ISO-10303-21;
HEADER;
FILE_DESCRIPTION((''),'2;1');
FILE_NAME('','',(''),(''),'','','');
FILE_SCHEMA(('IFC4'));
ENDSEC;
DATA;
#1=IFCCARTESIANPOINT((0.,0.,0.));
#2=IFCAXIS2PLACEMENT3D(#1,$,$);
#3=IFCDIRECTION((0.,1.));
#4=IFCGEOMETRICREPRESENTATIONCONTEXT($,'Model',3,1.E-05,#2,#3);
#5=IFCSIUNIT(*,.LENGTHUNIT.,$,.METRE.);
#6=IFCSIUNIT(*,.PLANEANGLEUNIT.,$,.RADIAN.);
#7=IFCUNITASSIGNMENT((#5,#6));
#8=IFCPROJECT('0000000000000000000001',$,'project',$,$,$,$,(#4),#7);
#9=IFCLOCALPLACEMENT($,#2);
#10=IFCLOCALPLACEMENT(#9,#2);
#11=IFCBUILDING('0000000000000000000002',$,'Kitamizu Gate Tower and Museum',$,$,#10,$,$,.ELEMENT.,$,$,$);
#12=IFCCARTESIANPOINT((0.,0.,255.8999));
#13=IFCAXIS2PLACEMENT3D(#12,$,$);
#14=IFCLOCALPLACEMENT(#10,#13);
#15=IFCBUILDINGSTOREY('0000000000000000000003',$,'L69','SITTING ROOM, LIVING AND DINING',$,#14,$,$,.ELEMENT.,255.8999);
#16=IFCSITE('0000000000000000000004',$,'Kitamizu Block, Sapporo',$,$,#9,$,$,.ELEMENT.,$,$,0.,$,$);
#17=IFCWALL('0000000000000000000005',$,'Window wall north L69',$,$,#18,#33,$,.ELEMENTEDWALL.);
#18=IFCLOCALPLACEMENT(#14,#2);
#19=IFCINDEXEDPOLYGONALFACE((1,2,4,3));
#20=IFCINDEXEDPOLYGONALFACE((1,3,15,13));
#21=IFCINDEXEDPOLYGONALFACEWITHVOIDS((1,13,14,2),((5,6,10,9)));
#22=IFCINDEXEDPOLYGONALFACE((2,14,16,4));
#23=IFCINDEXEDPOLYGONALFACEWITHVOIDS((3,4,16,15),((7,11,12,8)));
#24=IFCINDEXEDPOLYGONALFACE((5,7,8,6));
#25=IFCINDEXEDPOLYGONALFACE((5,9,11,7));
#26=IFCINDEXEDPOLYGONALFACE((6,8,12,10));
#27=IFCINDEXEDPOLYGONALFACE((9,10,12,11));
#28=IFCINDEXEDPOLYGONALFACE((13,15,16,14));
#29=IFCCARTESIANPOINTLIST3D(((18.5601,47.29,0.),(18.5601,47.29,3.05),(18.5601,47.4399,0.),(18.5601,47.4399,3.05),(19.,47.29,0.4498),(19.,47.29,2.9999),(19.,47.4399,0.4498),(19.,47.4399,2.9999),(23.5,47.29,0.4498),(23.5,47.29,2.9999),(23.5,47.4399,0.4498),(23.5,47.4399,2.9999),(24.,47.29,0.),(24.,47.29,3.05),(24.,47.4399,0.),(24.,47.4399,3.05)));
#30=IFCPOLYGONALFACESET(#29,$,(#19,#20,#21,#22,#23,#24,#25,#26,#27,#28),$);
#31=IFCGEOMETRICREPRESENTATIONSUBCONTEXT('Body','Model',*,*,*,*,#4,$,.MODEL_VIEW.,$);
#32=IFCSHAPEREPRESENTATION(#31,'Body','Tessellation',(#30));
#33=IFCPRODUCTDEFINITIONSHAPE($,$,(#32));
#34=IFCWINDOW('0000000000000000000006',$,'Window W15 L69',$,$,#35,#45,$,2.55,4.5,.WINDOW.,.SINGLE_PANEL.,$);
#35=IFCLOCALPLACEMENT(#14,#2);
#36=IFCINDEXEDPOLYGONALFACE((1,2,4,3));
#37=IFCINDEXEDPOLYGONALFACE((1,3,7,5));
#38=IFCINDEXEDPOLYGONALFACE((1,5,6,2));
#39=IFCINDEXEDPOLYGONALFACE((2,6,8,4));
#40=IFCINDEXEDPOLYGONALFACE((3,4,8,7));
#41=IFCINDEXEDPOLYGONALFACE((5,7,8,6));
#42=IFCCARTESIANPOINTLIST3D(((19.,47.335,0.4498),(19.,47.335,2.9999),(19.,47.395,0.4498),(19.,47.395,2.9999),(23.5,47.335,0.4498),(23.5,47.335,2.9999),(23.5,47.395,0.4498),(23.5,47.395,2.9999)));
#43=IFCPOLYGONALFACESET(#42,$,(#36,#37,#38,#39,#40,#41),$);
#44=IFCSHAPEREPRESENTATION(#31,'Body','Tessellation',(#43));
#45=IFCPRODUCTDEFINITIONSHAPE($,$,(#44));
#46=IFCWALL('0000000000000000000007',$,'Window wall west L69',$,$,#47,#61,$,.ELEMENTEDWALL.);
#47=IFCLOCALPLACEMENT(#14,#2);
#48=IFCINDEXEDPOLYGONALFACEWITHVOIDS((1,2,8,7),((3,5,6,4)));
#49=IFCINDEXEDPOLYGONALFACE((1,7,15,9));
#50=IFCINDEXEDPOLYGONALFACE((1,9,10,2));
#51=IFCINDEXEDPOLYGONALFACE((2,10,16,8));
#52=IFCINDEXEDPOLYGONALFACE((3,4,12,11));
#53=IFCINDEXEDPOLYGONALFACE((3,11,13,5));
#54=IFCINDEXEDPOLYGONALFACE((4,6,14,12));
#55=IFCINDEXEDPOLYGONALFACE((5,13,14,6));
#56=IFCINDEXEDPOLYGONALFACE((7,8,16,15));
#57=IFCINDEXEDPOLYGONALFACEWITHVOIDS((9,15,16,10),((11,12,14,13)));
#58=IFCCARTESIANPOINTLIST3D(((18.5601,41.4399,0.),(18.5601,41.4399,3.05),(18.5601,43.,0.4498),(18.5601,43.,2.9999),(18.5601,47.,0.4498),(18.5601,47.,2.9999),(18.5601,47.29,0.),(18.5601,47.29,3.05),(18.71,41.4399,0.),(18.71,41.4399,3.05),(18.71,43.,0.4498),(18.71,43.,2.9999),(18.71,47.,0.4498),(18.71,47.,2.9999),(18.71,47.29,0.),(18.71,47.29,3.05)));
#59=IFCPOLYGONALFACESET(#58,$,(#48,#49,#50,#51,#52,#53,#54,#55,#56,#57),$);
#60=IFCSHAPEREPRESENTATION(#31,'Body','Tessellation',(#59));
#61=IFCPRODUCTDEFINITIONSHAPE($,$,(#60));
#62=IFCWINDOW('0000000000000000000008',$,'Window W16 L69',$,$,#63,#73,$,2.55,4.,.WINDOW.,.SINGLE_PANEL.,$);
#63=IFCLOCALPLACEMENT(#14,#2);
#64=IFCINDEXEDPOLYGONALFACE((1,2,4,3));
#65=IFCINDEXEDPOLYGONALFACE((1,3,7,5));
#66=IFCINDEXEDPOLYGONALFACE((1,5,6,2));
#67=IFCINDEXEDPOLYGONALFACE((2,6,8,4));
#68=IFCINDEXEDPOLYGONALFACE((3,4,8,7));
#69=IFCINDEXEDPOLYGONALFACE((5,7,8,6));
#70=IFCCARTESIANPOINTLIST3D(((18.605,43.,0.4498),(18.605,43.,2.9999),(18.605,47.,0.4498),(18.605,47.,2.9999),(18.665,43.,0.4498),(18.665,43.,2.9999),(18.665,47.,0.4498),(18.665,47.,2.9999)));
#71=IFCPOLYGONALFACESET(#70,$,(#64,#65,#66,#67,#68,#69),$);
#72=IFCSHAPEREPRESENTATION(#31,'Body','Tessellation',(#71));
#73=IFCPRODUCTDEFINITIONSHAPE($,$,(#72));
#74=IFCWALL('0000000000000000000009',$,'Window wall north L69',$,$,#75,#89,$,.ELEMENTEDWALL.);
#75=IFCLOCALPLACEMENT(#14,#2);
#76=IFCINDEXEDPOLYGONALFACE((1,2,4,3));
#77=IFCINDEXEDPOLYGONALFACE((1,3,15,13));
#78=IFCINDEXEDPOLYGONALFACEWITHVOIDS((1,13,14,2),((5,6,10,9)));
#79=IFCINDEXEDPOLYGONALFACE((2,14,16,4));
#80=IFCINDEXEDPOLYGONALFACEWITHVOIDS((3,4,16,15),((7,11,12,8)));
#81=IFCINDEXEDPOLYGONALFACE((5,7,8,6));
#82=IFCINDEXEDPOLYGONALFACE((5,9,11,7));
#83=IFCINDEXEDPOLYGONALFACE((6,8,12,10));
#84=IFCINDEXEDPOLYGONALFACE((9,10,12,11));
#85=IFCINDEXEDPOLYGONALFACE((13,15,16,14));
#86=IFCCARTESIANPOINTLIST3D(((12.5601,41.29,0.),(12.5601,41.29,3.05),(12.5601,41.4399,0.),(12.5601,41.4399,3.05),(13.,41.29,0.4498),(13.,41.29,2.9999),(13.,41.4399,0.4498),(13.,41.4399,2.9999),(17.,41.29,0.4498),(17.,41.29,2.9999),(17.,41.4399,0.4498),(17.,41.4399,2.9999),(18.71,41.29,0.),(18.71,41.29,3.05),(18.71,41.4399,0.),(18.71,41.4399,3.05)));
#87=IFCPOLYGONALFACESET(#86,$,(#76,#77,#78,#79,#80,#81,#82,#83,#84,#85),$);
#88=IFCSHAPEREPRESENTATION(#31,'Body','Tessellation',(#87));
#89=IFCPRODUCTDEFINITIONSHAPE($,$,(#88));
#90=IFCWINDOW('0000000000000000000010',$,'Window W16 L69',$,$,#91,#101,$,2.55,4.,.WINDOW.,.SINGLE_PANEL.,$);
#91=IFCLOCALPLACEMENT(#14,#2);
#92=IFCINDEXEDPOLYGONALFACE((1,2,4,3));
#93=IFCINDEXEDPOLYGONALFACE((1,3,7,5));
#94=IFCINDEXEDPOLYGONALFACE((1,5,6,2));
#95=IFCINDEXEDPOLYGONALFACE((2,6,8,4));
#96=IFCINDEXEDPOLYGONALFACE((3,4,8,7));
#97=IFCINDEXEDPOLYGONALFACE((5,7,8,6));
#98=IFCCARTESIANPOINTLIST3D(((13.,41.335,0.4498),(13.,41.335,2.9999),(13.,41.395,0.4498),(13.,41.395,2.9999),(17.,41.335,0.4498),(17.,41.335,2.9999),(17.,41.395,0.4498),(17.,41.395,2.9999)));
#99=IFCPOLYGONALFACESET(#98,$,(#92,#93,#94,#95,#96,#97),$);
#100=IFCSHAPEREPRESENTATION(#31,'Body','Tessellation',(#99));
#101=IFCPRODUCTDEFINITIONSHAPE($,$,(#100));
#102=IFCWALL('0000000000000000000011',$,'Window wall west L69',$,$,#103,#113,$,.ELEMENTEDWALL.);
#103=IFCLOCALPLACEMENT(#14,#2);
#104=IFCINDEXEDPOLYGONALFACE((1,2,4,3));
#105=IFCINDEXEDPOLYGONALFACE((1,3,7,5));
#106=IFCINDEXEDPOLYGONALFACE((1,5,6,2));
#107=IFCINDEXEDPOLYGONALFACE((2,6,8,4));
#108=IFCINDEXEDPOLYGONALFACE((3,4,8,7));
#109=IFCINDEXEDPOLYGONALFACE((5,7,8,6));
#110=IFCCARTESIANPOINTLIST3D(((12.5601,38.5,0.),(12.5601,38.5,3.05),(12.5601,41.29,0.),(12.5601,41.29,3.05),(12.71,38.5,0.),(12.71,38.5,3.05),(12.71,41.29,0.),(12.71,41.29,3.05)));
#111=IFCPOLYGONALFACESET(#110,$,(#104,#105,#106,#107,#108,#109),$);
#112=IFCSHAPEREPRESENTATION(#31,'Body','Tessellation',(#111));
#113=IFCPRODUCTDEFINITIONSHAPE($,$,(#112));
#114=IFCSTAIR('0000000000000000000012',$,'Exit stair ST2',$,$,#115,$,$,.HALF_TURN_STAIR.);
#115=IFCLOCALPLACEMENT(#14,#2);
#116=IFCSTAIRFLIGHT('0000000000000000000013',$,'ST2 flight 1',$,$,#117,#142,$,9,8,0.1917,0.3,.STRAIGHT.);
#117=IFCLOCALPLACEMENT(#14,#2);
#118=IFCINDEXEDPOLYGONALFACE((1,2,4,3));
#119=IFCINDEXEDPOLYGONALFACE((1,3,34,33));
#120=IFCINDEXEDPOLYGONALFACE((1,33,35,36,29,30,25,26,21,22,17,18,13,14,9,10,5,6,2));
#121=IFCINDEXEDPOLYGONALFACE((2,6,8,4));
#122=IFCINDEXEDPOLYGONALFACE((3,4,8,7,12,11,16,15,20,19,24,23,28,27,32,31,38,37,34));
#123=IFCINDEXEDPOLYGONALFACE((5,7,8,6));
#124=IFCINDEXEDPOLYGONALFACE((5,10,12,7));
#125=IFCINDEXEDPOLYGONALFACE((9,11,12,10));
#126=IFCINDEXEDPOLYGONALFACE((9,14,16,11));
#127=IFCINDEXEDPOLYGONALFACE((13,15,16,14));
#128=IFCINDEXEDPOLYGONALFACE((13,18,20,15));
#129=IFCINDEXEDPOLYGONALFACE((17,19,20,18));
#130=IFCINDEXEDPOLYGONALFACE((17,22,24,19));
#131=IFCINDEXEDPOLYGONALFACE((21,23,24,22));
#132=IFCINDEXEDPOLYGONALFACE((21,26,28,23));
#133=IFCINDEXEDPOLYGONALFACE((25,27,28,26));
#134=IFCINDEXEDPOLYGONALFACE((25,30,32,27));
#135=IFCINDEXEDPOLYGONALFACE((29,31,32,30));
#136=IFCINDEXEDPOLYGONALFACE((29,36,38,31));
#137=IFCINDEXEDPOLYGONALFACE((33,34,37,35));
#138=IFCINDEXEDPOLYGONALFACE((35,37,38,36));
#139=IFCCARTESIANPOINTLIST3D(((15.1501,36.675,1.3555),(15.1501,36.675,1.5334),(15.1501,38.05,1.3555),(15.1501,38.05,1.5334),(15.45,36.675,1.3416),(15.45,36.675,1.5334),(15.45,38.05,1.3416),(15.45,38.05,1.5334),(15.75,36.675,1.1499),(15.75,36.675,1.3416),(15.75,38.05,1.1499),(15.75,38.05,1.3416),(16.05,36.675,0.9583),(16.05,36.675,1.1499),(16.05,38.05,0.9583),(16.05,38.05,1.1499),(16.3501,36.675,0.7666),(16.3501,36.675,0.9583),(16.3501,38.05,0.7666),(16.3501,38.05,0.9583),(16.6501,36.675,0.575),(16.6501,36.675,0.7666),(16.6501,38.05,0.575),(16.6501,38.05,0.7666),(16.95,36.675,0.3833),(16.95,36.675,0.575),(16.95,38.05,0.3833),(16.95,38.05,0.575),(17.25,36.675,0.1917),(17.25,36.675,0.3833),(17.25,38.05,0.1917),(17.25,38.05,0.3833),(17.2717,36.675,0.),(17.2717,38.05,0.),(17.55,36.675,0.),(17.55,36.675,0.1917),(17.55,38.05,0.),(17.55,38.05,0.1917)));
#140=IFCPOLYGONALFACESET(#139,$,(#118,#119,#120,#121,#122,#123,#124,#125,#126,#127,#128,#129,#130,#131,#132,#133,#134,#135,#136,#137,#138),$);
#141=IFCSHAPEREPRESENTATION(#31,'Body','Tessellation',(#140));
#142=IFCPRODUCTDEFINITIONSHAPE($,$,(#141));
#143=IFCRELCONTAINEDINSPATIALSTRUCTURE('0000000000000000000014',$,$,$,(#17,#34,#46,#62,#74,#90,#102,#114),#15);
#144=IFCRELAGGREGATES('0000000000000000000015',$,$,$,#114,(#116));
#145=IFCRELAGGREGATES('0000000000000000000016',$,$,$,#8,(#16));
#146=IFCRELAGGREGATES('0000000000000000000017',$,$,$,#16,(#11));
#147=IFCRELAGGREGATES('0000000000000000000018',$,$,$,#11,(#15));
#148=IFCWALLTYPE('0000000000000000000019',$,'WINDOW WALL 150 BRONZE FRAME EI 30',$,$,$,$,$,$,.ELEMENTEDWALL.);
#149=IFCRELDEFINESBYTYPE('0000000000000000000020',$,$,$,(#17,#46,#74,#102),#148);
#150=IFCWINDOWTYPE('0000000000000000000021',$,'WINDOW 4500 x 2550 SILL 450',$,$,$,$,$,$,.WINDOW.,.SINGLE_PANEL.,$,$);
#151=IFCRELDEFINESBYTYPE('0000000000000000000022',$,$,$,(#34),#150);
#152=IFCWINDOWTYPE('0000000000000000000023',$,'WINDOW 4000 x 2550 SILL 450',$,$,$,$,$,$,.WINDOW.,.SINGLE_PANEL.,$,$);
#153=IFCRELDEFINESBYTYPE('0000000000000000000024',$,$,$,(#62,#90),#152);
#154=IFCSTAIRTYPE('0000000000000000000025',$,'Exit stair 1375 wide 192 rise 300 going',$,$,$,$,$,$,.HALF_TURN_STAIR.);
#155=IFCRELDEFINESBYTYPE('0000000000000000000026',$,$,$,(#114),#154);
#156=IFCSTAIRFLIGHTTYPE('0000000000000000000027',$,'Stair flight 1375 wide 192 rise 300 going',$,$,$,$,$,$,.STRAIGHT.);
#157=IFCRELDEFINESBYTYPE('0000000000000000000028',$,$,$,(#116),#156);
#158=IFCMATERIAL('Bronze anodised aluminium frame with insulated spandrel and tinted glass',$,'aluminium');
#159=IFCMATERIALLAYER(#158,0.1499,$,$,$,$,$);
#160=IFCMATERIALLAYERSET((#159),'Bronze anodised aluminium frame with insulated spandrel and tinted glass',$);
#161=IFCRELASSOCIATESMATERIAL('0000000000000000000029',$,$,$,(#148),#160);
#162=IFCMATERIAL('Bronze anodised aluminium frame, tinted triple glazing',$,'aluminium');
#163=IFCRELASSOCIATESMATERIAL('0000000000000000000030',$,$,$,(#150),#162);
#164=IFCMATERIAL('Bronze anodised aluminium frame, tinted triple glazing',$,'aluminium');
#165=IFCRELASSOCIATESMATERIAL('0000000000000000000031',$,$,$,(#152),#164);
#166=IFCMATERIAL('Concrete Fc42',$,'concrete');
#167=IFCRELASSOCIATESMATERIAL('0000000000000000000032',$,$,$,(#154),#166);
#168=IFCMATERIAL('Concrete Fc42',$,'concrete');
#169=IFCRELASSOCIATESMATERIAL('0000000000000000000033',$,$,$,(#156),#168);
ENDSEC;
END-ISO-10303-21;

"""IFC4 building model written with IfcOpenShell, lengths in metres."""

from ifc_helpers import new_model, si_unit, direction, frame, frame_2d, origin, place, context, subcontext, project, spatial, polyline, rectangle, outline, extrude, material, layer, layer_set, type_object, element, fill, aggregate, save


model = new_model("IFC4")

# Units and contexts
model_context = context("Model", 3, precision=1e-05, world=origin(), true_north=direction((0.0, 1.0)))
body_context = subcontext(model_context, "Body", "Model", "MODEL_VIEW")
ifc_project = project(units=[si_unit("LENGTHUNIT", "METRE"), si_unit("PLANEANGLEUNIT", "RADIAN")], contexts=[model_context])

# Site, building, storey
site_placement = place(None, origin())
site = spatial("IfcSite", under=ifc_project, at=site_placement, Name="Kitamizu Block, Sapporo", CompositionType="ELEMENT", RefElevation=0.0)
building_placement = place(site_placement, origin())
building = spatial("IfcBuilding", under=site, at=building_placement, Name="Kitamizu Gate Tower and Museum", CompositionType="ELEMENT")
storey_placement = place(building_placement, frame((0.0, 0.0, 255.8999)))
storey = spatial("IfcBuildingStorey", under=building, at=storey_placement, Name="L69", Description="SITTING ROOM, LIVING AND DINING", CompositionType="ELEMENT", Elevation=255.8999)

# Walls, openings, windows
ifc_material_1 = material(Name="Bronze anodised aluminium frame with insulated spandrel and tinted glass", Category="aluminium")
ifc_layer_1 = layer(ifc_material_1, 0.1499)
ifc_layer_set_1 = layer_set([ifc_layer_1], Name="Bronze anodised aluminium frame with insulated spandrel and tinted glass")
wall_type_1 = type_object("IfcWallType", Name="WINDOW WALL 150 BRONZE FRAME EI 30", PredefinedType="ELEMENTEDWALL", material=ifc_layer_set_1)
wall_1_placement = place(storey_placement, frame((18.5601, 47.365, 0.0), z_axis=(0.0, 0.0, 1.0), x_axis=(1.0, 0.0, 0.0)))
wall_1 = element("IfcWall", 1, at=wall_1_placement, inside=storey, type_object=wall_type_1, Name="Window wall north L69", PredefinedType="ELEMENTEDWALL", context=body_context, shape_type="SweptSolid", body=[
    extrude(rectangle(XDim=5.4399, YDim=0.1499, at=frame_2d((2.72, 0.0))), origin(), (0.0, 0.0, 1.0), 3.05),
])
opening_1_placement = place(wall_1_placement, frame((0.4399, 0.0, 0.45)))
opening_1 = element("IfcOpeningElement", 2, at=opening_1_placement, cuts=wall_1, PredefinedType="OPENING", context=body_context, shape_type="SweptSolid", body=[
    extrude(rectangle(XDim=4.5, YDim=2.55, at=frame_2d((2.25, 1.2749))), frame((0.0, 0.085, 0.0), z_axis=(0.0, -1.0, 0.0), x_axis=(1.0, 0.0, 0.0)), (0.0, 0.0, 1.0), 0.1699),
])
ifc_material_2 = material(Name="Bronze anodised aluminium frame, tinted triple glazing", Category="aluminium")
window_type_1 = type_object("IfcWindowType", Name="WINDOW 4500 x 2550 SILL 450", PartitioningType="SINGLE_PANEL", PredefinedType="WINDOW", material=ifc_material_2)
window_1_placement = place(opening_1_placement, origin())
window_1 = element("IfcWindow", 3, at=window_1_placement, inside=storey, type_object=window_type_1, Name="Window W15 L69", OverallHeight=2.55, OverallWidth=4.5, PartitioningType="SINGLE_PANEL", PredefinedType="WINDOW", context=body_context, shape_type="SweptSolid", body=[
    extrude(rectangle(XDim=4.5, YDim=2.55, at=frame_2d((2.25, 1.2749))), frame((0.0, 0.03, 0.0), z_axis=(0.0, -1.0, 0.0), x_axis=(1.0, 0.0, 0.0)), (0.0, 0.0, 1.0), 0.0601),
])
fill(opening_1, window_1)
wall_2_placement = place(storey_placement, frame((18.635, 41.4399, 0.0), z_axis=(0.0, 0.0, 1.0), x_axis=(0.0, 1.0, 0.0)))
wall_2 = element("IfcWall", 4, at=wall_2_placement, inside=storey, type_object=wall_type_1, Name="Window wall west L69", PredefinedType="ELEMENTEDWALL", context=body_context, shape_type="SweptSolid", body=[
    extrude(rectangle(XDim=5.8501, YDim=0.1499, at=frame_2d((2.925, 0.0))), origin(), (0.0, 0.0, 1.0), 3.05),
])
opening_2_placement = place(wall_2_placement, frame((1.5601, 0.0, 0.45)))
opening_2 = element("IfcOpeningElement", 5, at=opening_2_placement, cuts=wall_2, PredefinedType="OPENING", context=body_context, shape_type="SweptSolid", body=[
    extrude(rectangle(XDim=4.0, YDim=2.55, at=frame_2d((2.0, 1.2749))), frame((0.0, 0.085, 0.0), z_axis=(0.0, -1.0, 0.0), x_axis=(1.0, 0.0, 0.0)), (0.0, 0.0, 1.0), 0.1699),
])
ifc_material_3 = material(Name="Bronze anodised aluminium frame, tinted triple glazing", Category="aluminium")
window_type_2 = type_object("IfcWindowType", Name="WINDOW 4000 x 2550 SILL 450", PartitioningType="SINGLE_PANEL", PredefinedType="WINDOW", material=ifc_material_3)
window_2_placement = place(opening_2_placement, origin())
window_2 = element("IfcWindow", 6, at=window_2_placement, inside=storey, type_object=window_type_2, Name="Window W16 L69", OverallHeight=2.55, OverallWidth=4.0, PartitioningType="SINGLE_PANEL", PredefinedType="WINDOW", context=body_context, shape_type="SweptSolid", body=[
    extrude(rectangle(XDim=4.0, YDim=2.55, at=frame_2d((2.0, 1.2749))), frame((0.0, 0.03, 0.0), z_axis=(0.0, -1.0, 0.0), x_axis=(1.0, 0.0, 0.0)), (0.0, 0.0, 1.0), 0.0601),
])
fill(opening_2, window_2)
wall_3_placement = place(storey_placement, frame((12.5601, 41.365, 0.0), z_axis=(0.0, 0.0, 1.0), x_axis=(1.0, 0.0, 0.0)))
wall_3 = element("IfcWall", 7, at=wall_3_placement, inside=storey, type_object=wall_type_1, Name="Window wall north L69", PredefinedType="ELEMENTEDWALL", context=body_context, shape_type="SweptSolid", body=[
    extrude(rectangle(XDim=6.1499, YDim=0.1499, at=frame_2d((3.075, 0.0))), origin(), (0.0, 0.0, 1.0), 3.05),
])
opening_3_placement = place(wall_3_placement, frame((0.4399, 0.0, 0.45)))
opening_3 = element("IfcOpeningElement", 8, at=opening_3_placement, cuts=wall_3, PredefinedType="OPENING", context=body_context, shape_type="SweptSolid", body=[
    extrude(rectangle(XDim=4.0, YDim=2.55, at=frame_2d((2.0, 1.2749))), frame((0.0, 0.085, 0.0), z_axis=(0.0, -1.0, 0.0), x_axis=(1.0, 0.0, 0.0)), (0.0, 0.0, 1.0), 0.1699),
])
window_3_placement = place(opening_3_placement, origin())
window_3 = element("IfcWindow", 9, at=window_3_placement, inside=storey, type_object=window_type_2, Name="Window W16 L69", OverallHeight=2.55, OverallWidth=4.0, PartitioningType="SINGLE_PANEL", PredefinedType="WINDOW", context=body_context, shape_type="SweptSolid", body=[
    extrude(rectangle(XDim=4.0, YDim=2.55, at=frame_2d((2.0, 1.2749))), frame((0.0, 0.03, 0.0), z_axis=(0.0, -1.0, 0.0), x_axis=(1.0, 0.0, 0.0)), (0.0, 0.0, 1.0), 0.0601),
])
fill(opening_3, window_3)

# Wall
wall_4_placement = place(storey_placement, frame((12.635, 38.5, 0.0), z_axis=(0.0, 0.0, 1.0), x_axis=(0.0, 1.0, 0.0)))
element("IfcWall", 10, at=wall_4_placement, inside=storey, type_object=wall_type_1, Name="Window wall west L69", PredefinedType="ELEMENTEDWALL", context=body_context, shape_type="SweptSolid", body=[
    extrude(rectangle(XDim=2.79, YDim=0.1499, at=frame_2d((1.395, 0.0))), origin(), (0.0, 0.0, 1.0), 3.05),
])

# Stair, stair flight
ifc_material_4 = material(Name="Concrete Fc42", Category="concrete")
stair_type = type_object("IfcStairType", Name="Exit stair 1375 wide 192 rise 300 going", PredefinedType="HALF_TURN_STAIR", material=ifc_material_4)
stair_placement = place(storey_placement, origin())
stair = element("IfcStair", 11, at=stair_placement, inside=storey, type_object=stair_type, Name="Exit stair ST2", PredefinedType="HALF_TURN_STAIR")
ifc_material_5 = material(Name="Concrete Fc42", Category="concrete")
stair_flight_type = type_object("IfcStairFlightType", Name="Stair flight 1375 wide 192 rise 300 going", PredefinedType="STRAIGHT", material=ifc_material_5)
stair_flight_placement = place(storey_placement, frame((17.55, 37.3625, 0.0), z_axis=(0.0, 0.0, 1.0), x_axis=(-1.0, 0.0, 0.0)))
stair_flight = element("IfcStairFlight", 12, at=stair_flight_placement, type_object=stair_flight_type, Name="ST2 flight 1", NumberOfRisers=9, NumberOfTreads=8, PredefinedType="STRAIGHT", RiserHeight=0.1917, TreadLength=0.3, context=body_context, shape_type="SweptSolid", body=[
    extrude(outline(polyline([(0.0, 0.0), (0.0, 0.1917), (0.3, 0.1917), (0.3, 0.3833), (0.6001, 0.3833), (0.6001, 0.575), (0.8999, 0.575), (0.8999, 0.7666), (1.2, 0.7666), (1.2, 0.9583), (1.5, 0.9583), (1.5, 1.1499), (1.8, 1.1499), (1.8, 1.3416), (2.1001, 1.3416), (2.1001, 1.5334), (2.3999, 1.5334), (2.3999, 1.7251), (2.3999, 1.3555), (0.2783, 0.0), (0.0, 0.0)])), frame((0.0, 0.6875, 0.0), z_axis=(0.0, -1.0, 0.0), x_axis=(1.0, 0.0, 0.0)), (0.0, 0.0, 1.0), 1.375),
])
aggregate(stair, [stair_flight])

save(model, "model.ifc")
